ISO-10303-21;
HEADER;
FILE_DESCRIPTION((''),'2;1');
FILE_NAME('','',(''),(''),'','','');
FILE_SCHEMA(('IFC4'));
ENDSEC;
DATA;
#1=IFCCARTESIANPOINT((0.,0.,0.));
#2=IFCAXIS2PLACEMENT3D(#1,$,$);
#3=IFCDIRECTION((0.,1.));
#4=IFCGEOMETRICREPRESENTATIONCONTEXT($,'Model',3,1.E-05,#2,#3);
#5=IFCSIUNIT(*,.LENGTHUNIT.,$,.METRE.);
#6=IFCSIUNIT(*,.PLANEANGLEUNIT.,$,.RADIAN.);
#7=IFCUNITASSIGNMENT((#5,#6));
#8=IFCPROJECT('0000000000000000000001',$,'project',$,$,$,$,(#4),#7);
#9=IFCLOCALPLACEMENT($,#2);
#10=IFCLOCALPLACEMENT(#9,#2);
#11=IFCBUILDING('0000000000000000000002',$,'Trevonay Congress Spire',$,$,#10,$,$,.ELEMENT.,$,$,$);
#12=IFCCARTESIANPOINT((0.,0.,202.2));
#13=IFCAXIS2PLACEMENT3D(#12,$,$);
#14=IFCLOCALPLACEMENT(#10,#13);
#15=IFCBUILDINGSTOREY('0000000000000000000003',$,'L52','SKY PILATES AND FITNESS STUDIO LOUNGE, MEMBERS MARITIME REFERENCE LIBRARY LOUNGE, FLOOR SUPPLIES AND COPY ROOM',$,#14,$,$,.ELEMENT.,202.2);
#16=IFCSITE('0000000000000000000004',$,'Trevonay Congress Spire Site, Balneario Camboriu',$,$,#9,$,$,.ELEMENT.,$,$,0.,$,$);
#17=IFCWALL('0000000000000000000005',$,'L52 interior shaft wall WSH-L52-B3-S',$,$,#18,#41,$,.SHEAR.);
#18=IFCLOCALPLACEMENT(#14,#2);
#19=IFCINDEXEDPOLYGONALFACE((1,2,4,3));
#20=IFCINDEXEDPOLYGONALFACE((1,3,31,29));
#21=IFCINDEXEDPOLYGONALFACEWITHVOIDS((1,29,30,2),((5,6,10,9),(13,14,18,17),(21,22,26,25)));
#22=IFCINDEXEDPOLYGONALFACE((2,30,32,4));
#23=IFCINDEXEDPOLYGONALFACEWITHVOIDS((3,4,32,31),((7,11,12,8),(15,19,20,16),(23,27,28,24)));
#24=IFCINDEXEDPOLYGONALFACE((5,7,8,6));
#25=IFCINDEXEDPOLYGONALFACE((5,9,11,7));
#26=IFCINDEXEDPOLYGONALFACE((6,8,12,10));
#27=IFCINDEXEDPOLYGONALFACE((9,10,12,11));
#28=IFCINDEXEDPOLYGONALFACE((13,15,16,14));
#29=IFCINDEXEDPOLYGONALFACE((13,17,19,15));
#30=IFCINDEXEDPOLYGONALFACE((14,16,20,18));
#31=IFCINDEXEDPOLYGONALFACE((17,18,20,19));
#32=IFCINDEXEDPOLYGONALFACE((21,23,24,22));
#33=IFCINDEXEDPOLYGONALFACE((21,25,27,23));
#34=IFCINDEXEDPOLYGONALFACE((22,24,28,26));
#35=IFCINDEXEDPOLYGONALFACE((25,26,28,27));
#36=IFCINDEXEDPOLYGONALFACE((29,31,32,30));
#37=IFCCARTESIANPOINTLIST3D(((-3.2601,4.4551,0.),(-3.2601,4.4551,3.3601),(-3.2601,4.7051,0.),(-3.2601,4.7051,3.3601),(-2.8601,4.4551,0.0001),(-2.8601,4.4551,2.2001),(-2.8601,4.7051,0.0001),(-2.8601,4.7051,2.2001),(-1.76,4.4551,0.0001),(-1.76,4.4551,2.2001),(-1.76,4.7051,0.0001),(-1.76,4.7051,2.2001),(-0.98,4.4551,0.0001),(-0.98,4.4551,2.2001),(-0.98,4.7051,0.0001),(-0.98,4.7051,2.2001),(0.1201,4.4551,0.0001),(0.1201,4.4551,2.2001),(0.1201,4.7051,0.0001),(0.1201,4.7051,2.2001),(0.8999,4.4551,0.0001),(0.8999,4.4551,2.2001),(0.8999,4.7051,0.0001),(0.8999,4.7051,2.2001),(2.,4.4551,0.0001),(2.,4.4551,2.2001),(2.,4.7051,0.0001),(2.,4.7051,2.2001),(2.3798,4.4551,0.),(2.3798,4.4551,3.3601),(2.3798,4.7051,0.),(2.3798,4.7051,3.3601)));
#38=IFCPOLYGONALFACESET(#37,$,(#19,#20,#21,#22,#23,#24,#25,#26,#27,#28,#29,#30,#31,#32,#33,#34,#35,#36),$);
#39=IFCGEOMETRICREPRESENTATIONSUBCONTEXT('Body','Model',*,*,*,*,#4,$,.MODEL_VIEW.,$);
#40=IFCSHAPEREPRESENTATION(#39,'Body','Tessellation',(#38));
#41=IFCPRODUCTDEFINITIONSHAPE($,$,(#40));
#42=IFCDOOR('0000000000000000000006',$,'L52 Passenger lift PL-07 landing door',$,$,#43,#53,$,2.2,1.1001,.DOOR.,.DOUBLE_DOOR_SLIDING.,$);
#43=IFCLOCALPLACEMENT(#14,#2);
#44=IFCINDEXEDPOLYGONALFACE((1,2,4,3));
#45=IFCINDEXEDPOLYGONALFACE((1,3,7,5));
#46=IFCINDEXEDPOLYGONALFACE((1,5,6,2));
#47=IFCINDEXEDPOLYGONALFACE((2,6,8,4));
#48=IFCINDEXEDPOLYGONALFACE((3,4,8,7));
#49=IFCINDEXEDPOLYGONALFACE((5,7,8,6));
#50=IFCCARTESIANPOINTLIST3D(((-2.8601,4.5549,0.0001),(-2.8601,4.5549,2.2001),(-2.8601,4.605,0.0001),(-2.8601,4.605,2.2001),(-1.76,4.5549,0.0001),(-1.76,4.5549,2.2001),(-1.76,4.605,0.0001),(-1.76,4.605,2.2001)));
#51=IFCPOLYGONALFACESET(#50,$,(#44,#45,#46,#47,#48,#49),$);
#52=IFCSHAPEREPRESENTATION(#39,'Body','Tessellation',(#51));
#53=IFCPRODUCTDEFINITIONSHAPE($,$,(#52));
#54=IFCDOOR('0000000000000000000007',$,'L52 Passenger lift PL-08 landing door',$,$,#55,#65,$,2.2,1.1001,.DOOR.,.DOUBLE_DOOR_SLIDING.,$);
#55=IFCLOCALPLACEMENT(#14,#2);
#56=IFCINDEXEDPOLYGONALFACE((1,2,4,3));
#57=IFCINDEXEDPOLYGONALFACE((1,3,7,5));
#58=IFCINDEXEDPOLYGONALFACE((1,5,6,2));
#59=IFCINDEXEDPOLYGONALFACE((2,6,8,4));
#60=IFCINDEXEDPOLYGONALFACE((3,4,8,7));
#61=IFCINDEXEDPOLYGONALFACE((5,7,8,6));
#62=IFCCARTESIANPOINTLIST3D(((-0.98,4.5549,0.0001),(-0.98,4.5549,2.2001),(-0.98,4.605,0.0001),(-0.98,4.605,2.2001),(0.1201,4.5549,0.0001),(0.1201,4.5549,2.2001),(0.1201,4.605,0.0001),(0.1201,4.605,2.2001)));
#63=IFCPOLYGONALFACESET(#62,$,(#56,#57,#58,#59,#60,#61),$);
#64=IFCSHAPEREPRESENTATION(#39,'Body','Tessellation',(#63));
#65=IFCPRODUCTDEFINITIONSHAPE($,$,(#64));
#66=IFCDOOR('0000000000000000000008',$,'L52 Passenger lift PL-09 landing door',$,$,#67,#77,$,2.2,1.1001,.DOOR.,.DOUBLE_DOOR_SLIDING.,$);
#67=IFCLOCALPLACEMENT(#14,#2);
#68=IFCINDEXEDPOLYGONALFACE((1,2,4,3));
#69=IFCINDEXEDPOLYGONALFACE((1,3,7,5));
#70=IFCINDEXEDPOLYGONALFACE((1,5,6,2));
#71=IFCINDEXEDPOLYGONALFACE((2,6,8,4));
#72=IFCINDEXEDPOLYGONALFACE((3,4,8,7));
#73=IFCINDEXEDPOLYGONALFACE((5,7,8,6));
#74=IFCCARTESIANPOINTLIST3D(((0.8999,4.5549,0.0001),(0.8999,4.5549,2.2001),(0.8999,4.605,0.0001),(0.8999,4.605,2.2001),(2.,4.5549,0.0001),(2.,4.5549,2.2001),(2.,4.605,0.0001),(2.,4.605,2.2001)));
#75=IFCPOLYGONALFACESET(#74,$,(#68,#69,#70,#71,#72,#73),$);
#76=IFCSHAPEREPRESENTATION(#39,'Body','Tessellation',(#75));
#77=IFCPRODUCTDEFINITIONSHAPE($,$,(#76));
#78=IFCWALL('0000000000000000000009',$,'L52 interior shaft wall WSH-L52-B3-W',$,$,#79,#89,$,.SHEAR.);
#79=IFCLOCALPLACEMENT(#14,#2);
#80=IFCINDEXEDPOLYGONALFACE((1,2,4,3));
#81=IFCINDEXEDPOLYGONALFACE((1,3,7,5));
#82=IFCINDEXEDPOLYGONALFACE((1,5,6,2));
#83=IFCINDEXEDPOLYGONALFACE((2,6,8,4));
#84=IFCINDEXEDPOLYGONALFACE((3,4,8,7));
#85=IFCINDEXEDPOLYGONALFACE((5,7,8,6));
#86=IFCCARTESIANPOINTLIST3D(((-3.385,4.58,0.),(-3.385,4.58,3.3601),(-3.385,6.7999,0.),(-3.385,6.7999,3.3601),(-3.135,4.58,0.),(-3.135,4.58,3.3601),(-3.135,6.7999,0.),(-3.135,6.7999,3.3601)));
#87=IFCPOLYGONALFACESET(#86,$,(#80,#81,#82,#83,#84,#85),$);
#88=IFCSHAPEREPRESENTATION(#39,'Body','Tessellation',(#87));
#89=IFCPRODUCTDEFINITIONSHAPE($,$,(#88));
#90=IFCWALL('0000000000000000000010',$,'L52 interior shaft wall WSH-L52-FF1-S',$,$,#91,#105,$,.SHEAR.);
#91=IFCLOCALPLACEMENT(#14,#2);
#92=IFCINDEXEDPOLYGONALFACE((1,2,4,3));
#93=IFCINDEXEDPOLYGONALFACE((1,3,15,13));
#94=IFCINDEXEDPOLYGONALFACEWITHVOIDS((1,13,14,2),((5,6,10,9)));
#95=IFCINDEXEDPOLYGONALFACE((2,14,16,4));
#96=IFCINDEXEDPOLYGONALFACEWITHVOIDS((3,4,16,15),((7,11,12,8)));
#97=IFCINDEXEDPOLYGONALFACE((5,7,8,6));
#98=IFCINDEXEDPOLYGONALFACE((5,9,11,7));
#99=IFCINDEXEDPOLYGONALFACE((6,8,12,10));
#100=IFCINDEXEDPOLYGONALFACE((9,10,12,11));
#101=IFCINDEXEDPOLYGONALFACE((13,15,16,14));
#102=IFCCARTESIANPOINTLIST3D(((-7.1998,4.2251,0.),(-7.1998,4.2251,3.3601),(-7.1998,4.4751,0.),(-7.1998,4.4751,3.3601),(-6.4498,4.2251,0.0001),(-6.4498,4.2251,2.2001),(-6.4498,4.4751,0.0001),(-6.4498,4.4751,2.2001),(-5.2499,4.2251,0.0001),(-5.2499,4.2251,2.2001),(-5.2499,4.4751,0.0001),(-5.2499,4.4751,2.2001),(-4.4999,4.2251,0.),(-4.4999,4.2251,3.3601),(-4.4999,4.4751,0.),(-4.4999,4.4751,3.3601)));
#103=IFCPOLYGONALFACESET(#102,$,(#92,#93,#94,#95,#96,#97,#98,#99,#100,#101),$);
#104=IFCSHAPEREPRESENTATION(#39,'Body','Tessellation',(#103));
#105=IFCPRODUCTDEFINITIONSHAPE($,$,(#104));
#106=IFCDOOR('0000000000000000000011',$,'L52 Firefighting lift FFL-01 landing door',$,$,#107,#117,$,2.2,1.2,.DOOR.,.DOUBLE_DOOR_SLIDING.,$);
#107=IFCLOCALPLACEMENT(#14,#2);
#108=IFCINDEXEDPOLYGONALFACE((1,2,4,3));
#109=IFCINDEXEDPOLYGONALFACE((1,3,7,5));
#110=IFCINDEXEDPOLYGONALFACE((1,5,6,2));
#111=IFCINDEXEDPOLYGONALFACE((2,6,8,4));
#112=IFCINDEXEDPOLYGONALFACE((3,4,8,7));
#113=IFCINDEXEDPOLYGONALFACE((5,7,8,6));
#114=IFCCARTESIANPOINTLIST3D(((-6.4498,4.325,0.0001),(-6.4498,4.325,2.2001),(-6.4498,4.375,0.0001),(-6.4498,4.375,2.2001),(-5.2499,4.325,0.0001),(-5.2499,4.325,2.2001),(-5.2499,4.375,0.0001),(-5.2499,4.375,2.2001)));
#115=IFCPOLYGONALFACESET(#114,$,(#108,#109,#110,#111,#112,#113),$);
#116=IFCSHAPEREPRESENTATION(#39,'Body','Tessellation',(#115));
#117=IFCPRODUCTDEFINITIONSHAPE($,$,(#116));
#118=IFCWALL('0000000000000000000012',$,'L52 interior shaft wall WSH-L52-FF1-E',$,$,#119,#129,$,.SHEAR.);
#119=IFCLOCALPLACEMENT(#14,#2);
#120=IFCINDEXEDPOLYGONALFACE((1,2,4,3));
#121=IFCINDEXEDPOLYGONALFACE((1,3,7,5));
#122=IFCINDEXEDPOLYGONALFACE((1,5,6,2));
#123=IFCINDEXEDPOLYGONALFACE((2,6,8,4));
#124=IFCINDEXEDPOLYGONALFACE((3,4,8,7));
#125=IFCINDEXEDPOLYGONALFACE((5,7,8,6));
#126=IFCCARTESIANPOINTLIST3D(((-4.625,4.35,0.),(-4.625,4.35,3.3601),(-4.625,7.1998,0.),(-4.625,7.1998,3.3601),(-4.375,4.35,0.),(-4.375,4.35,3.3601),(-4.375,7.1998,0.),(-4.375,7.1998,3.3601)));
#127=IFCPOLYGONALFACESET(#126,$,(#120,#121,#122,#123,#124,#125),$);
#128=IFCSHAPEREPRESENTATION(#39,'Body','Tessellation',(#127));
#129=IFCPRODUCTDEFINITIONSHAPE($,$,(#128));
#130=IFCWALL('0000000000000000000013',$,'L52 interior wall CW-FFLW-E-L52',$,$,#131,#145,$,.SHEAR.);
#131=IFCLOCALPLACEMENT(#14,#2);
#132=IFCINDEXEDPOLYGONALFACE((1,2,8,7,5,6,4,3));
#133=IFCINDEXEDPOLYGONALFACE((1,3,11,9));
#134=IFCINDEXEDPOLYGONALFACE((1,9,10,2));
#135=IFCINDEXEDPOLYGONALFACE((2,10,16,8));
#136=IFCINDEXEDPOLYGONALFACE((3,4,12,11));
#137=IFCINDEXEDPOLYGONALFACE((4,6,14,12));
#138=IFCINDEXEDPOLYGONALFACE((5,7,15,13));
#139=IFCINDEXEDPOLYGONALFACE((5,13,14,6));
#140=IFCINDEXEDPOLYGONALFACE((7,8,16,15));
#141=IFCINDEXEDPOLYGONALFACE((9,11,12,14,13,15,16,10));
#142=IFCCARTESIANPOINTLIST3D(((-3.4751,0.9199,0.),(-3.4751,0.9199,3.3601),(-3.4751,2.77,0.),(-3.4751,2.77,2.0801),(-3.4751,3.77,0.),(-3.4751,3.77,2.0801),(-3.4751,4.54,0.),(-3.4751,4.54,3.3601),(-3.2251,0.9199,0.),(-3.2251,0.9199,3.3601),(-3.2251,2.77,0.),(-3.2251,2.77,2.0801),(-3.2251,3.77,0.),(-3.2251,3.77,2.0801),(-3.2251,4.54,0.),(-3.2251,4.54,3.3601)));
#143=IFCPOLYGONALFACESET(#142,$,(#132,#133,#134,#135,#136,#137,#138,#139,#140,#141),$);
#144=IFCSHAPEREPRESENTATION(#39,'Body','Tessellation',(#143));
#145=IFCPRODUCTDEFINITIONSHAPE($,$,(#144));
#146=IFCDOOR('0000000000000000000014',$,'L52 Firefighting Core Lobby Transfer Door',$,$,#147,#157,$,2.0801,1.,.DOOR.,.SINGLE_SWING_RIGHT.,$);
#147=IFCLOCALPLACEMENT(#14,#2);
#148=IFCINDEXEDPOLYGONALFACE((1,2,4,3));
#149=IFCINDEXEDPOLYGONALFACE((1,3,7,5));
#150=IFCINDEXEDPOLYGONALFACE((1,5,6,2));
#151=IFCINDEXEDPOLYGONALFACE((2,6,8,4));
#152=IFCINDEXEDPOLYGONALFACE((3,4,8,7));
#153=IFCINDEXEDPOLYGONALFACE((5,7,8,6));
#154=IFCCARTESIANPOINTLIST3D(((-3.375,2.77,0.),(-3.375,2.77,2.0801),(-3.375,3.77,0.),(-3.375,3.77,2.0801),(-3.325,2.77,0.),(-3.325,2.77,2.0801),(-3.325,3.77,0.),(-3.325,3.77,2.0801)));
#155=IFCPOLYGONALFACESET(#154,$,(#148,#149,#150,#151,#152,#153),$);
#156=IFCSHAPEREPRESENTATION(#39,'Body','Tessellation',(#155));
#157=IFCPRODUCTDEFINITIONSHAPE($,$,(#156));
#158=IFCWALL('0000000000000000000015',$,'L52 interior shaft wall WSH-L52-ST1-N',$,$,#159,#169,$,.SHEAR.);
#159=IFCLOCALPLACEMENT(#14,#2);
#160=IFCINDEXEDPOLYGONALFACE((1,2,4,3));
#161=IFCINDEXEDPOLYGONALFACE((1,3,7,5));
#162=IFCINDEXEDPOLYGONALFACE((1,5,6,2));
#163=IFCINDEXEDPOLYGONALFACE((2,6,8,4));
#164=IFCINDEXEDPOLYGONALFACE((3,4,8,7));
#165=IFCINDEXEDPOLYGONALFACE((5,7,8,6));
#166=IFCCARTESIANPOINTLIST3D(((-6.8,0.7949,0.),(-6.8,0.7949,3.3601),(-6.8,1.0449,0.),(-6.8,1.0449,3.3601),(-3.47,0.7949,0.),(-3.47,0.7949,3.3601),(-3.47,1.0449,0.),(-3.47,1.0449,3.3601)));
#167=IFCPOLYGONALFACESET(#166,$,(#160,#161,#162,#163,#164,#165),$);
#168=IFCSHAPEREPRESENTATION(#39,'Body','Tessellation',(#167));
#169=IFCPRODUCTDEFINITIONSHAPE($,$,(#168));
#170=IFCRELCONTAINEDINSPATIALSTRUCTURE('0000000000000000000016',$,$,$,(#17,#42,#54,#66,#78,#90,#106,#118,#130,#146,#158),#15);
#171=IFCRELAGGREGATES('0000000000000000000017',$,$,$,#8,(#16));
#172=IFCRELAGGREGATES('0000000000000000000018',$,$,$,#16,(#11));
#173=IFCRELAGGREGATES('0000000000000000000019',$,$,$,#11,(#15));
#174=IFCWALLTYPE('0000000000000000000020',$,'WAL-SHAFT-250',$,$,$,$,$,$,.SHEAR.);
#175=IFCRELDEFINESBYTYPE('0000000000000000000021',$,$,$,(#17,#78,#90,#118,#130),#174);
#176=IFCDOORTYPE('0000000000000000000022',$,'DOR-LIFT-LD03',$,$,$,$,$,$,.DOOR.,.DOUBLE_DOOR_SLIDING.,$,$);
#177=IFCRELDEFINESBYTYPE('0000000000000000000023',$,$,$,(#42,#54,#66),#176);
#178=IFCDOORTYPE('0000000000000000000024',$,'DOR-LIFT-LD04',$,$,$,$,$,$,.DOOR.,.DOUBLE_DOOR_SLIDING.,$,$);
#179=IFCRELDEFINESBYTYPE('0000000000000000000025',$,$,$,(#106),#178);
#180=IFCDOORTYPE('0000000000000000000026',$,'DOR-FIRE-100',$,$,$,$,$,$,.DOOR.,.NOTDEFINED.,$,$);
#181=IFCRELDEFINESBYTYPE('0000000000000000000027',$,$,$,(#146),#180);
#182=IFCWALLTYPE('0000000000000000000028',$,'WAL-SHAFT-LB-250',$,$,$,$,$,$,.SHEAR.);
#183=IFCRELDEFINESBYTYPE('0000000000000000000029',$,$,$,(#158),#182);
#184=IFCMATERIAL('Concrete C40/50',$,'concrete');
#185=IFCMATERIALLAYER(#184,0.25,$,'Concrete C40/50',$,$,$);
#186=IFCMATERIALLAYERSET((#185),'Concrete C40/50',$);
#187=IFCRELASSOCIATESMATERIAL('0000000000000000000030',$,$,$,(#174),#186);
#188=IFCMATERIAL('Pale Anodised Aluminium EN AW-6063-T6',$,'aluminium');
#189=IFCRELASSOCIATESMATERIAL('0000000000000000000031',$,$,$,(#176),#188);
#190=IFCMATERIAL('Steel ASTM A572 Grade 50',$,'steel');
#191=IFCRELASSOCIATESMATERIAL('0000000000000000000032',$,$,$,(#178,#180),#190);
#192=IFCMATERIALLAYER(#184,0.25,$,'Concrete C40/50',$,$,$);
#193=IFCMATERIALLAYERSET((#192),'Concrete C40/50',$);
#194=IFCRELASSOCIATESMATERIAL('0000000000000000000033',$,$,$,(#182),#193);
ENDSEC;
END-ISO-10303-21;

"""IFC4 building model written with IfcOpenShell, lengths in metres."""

from ifc_helpers import new_model, si_unit, direction, frame, frame_2d, origin, place, context, subcontext, project, spatial, rectangle, extrude, material, layer, layer_set, type_object, element, fill, save


model = new_model("IFC4")

# Units and contexts
model_context = context("Model", 3, precision=1e-05, world=origin(), true_north=direction((0.0, 1.0)))
body_context = subcontext(model_context, "Body", "Model", "MODEL_VIEW")
ifc_project = project(units=[si_unit("LENGTHUNIT", "METRE"), si_unit("PLANEANGLEUNIT", "RADIAN")], contexts=[model_context])

# Site, building, storey
site_placement = place(None, origin())
site = spatial("IfcSite", under=ifc_project, at=site_placement, Name="Trevonay Congress Spire Site, Balneario Camboriu", CompositionType="ELEMENT", RefElevation=0.0)
building_placement = place(site_placement, origin())
building = spatial("IfcBuilding", under=site, at=building_placement, Name="Trevonay Congress Spire", CompositionType="ELEMENT")
storey_placement = place(building_placement, frame((0.0, 0.0, 202.2)))
storey = spatial("IfcBuildingStorey", under=building, at=storey_placement, Name="L52", Description="SKY PILATES AND FITNESS STUDIO LOUNGE, MEMBERS MARITIME REFERENCE LIBRARY LOUNGE, FLOOR SUPPLIES AND COPY ROOM", CompositionType="ELEMENT", Elevation=202.2)

# Shared definitions
ifc_material_1 = material(Name="Steel ASTM A572 Grade 50", Category="steel")

# Shared definitions
ifc_material_2 = material(Name="Concrete C40/50", Category="concrete")

# Wall, openings, doors
ifc_layer_1 = layer(ifc_material_2, 0.25, Name="Concrete C40/50")
ifc_layer_set_1 = layer_set([ifc_layer_1], Name="Concrete C40/50")
wall_type_1 = type_object("IfcWallType", Name="WAL-SHAFT-250", PredefinedType="SHEAR", material=ifc_layer_set_1)
wall_1_placement = place(storey_placement, frame((-3.26, 4.5801, 0.0), z_axis=(0.0, 0.0, 1.0), x_axis=(1.0, 0.0, 0.0)))
wall_1 = element("IfcWall", 1, at=wall_1_placement, inside=storey, type_object=wall_type_1, Name="L52 interior shaft wall WSH-L52-B3-S", PredefinedType="SHEAR", context=body_context, shape_type="SweptSolid", body=[
    extrude(rectangle(XDim=5.6399, YDim=0.25, at=frame_2d((2.8198, 0.0))), origin(), (0.0, 0.0, 1.0), 3.3601),
])
opening_1_placement = place(wall_1_placement, frame((0.3999, 0.0, 0.0)))
opening_1 = element("IfcOpeningElement", 2, at=opening_1_placement, cuts=wall_1, PredefinedType="OPENING", context=body_context, shape_type="SweptSolid", body=[
    extrude(rectangle(XDim=1.1001, YDim=2.2, at=frame_2d((0.55, 1.1001))), frame((0.0, 0.135, 0.0), z_axis=(0.0, -1.0, 0.0), x_axis=(1.0, 0.0, 0.0)), (0.0, 0.0, 1.0), 0.27),
])
opening_2_placement = place(wall_1_placement, frame((2.28, 0.0, 0.0)))
opening_2 = element("IfcOpeningElement", 3, at=opening_2_placement, cuts=wall_1, PredefinedType="OPENING", context=body_context, shape_type="SweptSolid", body=[
    extrude(rectangle(XDim=1.1001, YDim=2.2, at=frame_2d((0.55, 1.1001))), frame((0.0, 0.135, 0.0), z_axis=(0.0, -1.0, 0.0), x_axis=(1.0, 0.0, 0.0)), (0.0, 0.0, 1.0), 0.27),
])
opening_3_placement = place(wall_1_placement, frame((4.1599, 0.0, 0.0)))
opening_3 = element("IfcOpeningElement", 4, at=opening_3_placement, cuts=wall_1, PredefinedType="OPENING", context=body_context, shape_type="SweptSolid", body=[
    extrude(rectangle(XDim=1.1001, YDim=2.2, at=frame_2d((0.55, 1.1001))), frame((0.0, 0.135, 0.0), z_axis=(0.0, -1.0, 0.0), x_axis=(1.0, 0.0, 0.0)), (0.0, 0.0, 1.0), 0.27),
])
ifc_material_3 = material(Name="Pale Anodised Aluminium EN AW-6063-T6", Category="aluminium")
door_type_1 = type_object("IfcDoorType", Name="DOR-LIFT-LD03", OperationType="DOUBLE_DOOR_SLIDING", PredefinedType="DOOR", material=ifc_material_3)
door_1_placement = place(opening_1_placement, origin())
door_1 = element("IfcDoor", 5, at=door_1_placement, inside=storey, type_object=door_type_1, Name="L52 Passenger lift PL-07 landing door", OperationType="DOUBLE_DOOR_SLIDING", OverallHeight=2.2, OverallWidth=1.1001, PredefinedType="DOOR", context=body_context, shape_type="SweptSolid", body=[
    extrude(rectangle(XDim=1.1001, YDim=2.2, at=frame_2d((0.55, 1.1001))), frame((0.0, 0.0249, 0.0), z_axis=(0.0, -1.0, 0.0), x_axis=(1.0, 0.0, 0.0)), (0.0, 0.0, 1.0), 0.05),
])
fill(opening_1, door_1)
door_2_placement = place(opening_2_placement, origin())
door_2 = element("IfcDoor", 6, at=door_2_placement, inside=storey, type_object=door_type_1, Name="L52 Passenger lift PL-08 landing door", OperationType="DOUBLE_DOOR_SLIDING", OverallHeight=2.2, OverallWidth=1.1001, PredefinedType="DOOR", context=body_context, shape_type="SweptSolid", body=[
    extrude(rectangle(XDim=1.1001, YDim=2.2, at=frame_2d((0.55, 1.1001))), frame((0.0, 0.0249, 0.0), z_axis=(0.0, -1.0, 0.0), x_axis=(1.0, 0.0, 0.0)), (0.0, 0.0, 1.0), 0.05),
])
fill(opening_2, door_2)
door_3_placement = place(opening_3_placement, origin())
door_3 = element("IfcDoor", 7, at=door_3_placement, inside=storey, type_object=door_type_1, Name="L52 Passenger lift PL-09 landing door", OperationType="DOUBLE_DOOR_SLIDING", OverallHeight=2.2, OverallWidth=1.1001, PredefinedType="DOOR", context=body_context, shape_type="SweptSolid", body=[
    extrude(rectangle(XDim=1.1001, YDim=2.2, at=frame_2d((0.55, 1.1001))), frame((0.0, 0.0249, 0.0), z_axis=(0.0, -1.0, 0.0), x_axis=(1.0, 0.0, 0.0)), (0.0, 0.0, 1.0), 0.05),
])
fill(opening_3, door_3)

# Wall
wall_2_placement = place(storey_placement, frame((-3.26, 4.5801, 0.0), z_axis=(0.0, 0.0, 1.0), x_axis=(0.0, 1.0, 0.0)))
element("IfcWall", 8, at=wall_2_placement, inside=storey, type_object=wall_type_1, Name="L52 interior shaft wall WSH-L52-B3-W", PredefinedType="SHEAR", context=body_context, shape_type="SweptSolid", body=[
    extrude(rectangle(XDim=2.22, YDim=0.25, at=frame_2d((1.1099, 0.0))), origin(), (0.0, 0.0, 1.0), 3.3601),
])

# Wall, opening, door
wall_3_placement = place(storey_placement, frame((-7.2, 4.3501, 0.0), z_axis=(0.0, 0.0, 1.0), x_axis=(1.0, 0.0, 0.0)))
wall_3 = element("IfcWall", 9, at=wall_3_placement, inside=storey, type_object=wall_type_1, Name="L52 interior shaft wall WSH-L52-FF1-S", PredefinedType="SHEAR", context=body_context, shape_type="SweptSolid", body=[
    extrude(rectangle(XDim=2.7, YDim=0.25, at=frame_2d((1.3501, 0.0))), origin(), (0.0, 0.0, 1.0), 3.3601),
])
opening_4_placement = place(wall_3_placement, frame((0.75, 0.0, 0.0)))
opening_4 = element("IfcOpeningElement", 10, at=opening_4_placement, cuts=wall_3, PredefinedType="OPENING", context=body_context, shape_type="SweptSolid", body=[
    extrude(rectangle(XDim=1.2, YDim=2.2, at=frame_2d((0.6001, 1.1001))), frame((0.0, 0.135, 0.0), z_axis=(0.0, -1.0, 0.0), x_axis=(1.0, 0.0, 0.0)), (0.0, 0.0, 1.0), 0.27),
])
door_type_2 = type_object("IfcDoorType", Name="DOR-LIFT-LD04", OperationType="DOUBLE_DOOR_SLIDING", PredefinedType="DOOR", material=ifc_material_1)
door_4_placement = place(opening_4_placement, origin())
door_4 = element("IfcDoor", 11, at=door_4_placement, inside=storey, type_object=door_type_2, Name="L52 Firefighting lift FFL-01 landing door", OperationType="DOUBLE_DOOR_SLIDING", OverallHeight=2.2, OverallWidth=1.2, PredefinedType="DOOR", context=body_context, shape_type="SweptSolid", body=[
    extrude(rectangle(XDim=1.2, YDim=2.2, at=frame_2d((0.6001, 1.1001))), frame((0.0, 0.0249, 0.0), z_axis=(0.0, -1.0, 0.0), x_axis=(1.0, 0.0, 0.0)), (0.0, 0.0, 1.0), 0.05),
])
fill(opening_4, door_4)

# Wall
wall_4_placement = place(storey_placement, frame((-4.5, 4.3501, 0.0), z_axis=(0.0, 0.0, 1.0), x_axis=(0.0, 1.0, 0.0)))
element("IfcWall", 12, at=wall_4_placement, inside=storey, type_object=wall_type_1, Name="L52 interior shaft wall WSH-L52-FF1-E", PredefinedType="SHEAR", context=body_context, shape_type="SweptSolid", body=[
    extrude(rectangle(XDim=2.8499, YDim=0.25, at=frame_2d((1.4248, 0.0))), origin(), (0.0, 0.0, 1.0), 3.3601),
])

# Wall, opening, door
wall_5_placement = place(storey_placement, frame((-3.3501, 0.9199, 0.0), z_axis=(0.0, 0.0, 1.0), x_axis=(0.0, 1.0, 0.0)))
wall_5 = element("IfcWall", 13, at=wall_5_placement, inside=storey, type_object=wall_type_1, Name="L52 interior wall CW-FFLW-E-L52", PredefinedType="SHEAR", context=body_context, shape_type="SweptSolid", body=[
    extrude(rectangle(XDim=3.6201, YDim=0.25, at=frame_2d((1.8101, 0.0))), origin(), (0.0, 0.0, 1.0), 3.3601),
])
opening_5_placement = place(wall_5_placement, frame((1.8501, 0.0, 0.0)))
opening_5 = element("IfcOpeningElement", 14, at=opening_5_placement, cuts=wall_5, PredefinedType="OPENING", context=body_context, shape_type="SweptSolid", body=[
    extrude(rectangle(XDim=1.0, YDim=2.0801, at=frame_2d((0.5, 1.04))), frame((0.0, 0.135, 0.0), z_axis=(0.0, -1.0, 0.0), x_axis=(1.0, 0.0, 0.0)), (0.0, 0.0, 1.0), 0.27),
])
door_type_3 = type_object("IfcDoorType", Name="DOR-FIRE-100", OperationType="NOTDEFINED", PredefinedType="DOOR", material=ifc_material_1)
door_5_placement = place(opening_5_placement, origin())
door_5 = element("IfcDoor", 15, at=door_5_placement, inside=storey, type_object=door_type_3, Name="L52 Firefighting Core Lobby Transfer Door", OperationType="SINGLE_SWING_RIGHT", OverallHeight=2.0801, OverallWidth=1.0, PredefinedType="DOOR", context=body_context, shape_type="SweptSolid", body=[
    extrude(rectangle(XDim=1.0, YDim=2.0801, at=frame_2d((0.5, 1.04))), frame((0.0, 0.0249, 0.0), z_axis=(0.0, -1.0, 0.0), x_axis=(1.0, 0.0, 0.0)), (0.0, 0.0, 1.0), 0.05),
])
fill(opening_5, door_5)

# Wall
ifc_layer_2 = layer(ifc_material_2, 0.25, Name="Concrete C40/50")
ifc_layer_set_2 = layer_set([ifc_layer_2], Name="Concrete C40/50")
wall_type_2 = type_object("IfcWallType", Name="WAL-SHAFT-LB-250", PredefinedType="SHEAR", material=ifc_layer_set_2)
wall_6_placement = place(storey_placement, frame((-6.8, 0.9199, 0.0), z_axis=(0.0, 0.0, 1.0), x_axis=(1.0, 0.0, 0.0)))
element("IfcWall", 16, at=wall_6_placement, inside=storey, type_object=wall_type_2, Name="L52 interior shaft wall WSH-L52-ST1-N", PredefinedType="SHEAR", context=body_context, shape_type="SweptSolid", body=[
    extrude(rectangle(XDim=3.3301, YDim=0.25, at=frame_2d((1.665, 0.0))), origin(), (0.0, 0.0, 1.0), 3.3601),
])

save(model, "model.ifc")
